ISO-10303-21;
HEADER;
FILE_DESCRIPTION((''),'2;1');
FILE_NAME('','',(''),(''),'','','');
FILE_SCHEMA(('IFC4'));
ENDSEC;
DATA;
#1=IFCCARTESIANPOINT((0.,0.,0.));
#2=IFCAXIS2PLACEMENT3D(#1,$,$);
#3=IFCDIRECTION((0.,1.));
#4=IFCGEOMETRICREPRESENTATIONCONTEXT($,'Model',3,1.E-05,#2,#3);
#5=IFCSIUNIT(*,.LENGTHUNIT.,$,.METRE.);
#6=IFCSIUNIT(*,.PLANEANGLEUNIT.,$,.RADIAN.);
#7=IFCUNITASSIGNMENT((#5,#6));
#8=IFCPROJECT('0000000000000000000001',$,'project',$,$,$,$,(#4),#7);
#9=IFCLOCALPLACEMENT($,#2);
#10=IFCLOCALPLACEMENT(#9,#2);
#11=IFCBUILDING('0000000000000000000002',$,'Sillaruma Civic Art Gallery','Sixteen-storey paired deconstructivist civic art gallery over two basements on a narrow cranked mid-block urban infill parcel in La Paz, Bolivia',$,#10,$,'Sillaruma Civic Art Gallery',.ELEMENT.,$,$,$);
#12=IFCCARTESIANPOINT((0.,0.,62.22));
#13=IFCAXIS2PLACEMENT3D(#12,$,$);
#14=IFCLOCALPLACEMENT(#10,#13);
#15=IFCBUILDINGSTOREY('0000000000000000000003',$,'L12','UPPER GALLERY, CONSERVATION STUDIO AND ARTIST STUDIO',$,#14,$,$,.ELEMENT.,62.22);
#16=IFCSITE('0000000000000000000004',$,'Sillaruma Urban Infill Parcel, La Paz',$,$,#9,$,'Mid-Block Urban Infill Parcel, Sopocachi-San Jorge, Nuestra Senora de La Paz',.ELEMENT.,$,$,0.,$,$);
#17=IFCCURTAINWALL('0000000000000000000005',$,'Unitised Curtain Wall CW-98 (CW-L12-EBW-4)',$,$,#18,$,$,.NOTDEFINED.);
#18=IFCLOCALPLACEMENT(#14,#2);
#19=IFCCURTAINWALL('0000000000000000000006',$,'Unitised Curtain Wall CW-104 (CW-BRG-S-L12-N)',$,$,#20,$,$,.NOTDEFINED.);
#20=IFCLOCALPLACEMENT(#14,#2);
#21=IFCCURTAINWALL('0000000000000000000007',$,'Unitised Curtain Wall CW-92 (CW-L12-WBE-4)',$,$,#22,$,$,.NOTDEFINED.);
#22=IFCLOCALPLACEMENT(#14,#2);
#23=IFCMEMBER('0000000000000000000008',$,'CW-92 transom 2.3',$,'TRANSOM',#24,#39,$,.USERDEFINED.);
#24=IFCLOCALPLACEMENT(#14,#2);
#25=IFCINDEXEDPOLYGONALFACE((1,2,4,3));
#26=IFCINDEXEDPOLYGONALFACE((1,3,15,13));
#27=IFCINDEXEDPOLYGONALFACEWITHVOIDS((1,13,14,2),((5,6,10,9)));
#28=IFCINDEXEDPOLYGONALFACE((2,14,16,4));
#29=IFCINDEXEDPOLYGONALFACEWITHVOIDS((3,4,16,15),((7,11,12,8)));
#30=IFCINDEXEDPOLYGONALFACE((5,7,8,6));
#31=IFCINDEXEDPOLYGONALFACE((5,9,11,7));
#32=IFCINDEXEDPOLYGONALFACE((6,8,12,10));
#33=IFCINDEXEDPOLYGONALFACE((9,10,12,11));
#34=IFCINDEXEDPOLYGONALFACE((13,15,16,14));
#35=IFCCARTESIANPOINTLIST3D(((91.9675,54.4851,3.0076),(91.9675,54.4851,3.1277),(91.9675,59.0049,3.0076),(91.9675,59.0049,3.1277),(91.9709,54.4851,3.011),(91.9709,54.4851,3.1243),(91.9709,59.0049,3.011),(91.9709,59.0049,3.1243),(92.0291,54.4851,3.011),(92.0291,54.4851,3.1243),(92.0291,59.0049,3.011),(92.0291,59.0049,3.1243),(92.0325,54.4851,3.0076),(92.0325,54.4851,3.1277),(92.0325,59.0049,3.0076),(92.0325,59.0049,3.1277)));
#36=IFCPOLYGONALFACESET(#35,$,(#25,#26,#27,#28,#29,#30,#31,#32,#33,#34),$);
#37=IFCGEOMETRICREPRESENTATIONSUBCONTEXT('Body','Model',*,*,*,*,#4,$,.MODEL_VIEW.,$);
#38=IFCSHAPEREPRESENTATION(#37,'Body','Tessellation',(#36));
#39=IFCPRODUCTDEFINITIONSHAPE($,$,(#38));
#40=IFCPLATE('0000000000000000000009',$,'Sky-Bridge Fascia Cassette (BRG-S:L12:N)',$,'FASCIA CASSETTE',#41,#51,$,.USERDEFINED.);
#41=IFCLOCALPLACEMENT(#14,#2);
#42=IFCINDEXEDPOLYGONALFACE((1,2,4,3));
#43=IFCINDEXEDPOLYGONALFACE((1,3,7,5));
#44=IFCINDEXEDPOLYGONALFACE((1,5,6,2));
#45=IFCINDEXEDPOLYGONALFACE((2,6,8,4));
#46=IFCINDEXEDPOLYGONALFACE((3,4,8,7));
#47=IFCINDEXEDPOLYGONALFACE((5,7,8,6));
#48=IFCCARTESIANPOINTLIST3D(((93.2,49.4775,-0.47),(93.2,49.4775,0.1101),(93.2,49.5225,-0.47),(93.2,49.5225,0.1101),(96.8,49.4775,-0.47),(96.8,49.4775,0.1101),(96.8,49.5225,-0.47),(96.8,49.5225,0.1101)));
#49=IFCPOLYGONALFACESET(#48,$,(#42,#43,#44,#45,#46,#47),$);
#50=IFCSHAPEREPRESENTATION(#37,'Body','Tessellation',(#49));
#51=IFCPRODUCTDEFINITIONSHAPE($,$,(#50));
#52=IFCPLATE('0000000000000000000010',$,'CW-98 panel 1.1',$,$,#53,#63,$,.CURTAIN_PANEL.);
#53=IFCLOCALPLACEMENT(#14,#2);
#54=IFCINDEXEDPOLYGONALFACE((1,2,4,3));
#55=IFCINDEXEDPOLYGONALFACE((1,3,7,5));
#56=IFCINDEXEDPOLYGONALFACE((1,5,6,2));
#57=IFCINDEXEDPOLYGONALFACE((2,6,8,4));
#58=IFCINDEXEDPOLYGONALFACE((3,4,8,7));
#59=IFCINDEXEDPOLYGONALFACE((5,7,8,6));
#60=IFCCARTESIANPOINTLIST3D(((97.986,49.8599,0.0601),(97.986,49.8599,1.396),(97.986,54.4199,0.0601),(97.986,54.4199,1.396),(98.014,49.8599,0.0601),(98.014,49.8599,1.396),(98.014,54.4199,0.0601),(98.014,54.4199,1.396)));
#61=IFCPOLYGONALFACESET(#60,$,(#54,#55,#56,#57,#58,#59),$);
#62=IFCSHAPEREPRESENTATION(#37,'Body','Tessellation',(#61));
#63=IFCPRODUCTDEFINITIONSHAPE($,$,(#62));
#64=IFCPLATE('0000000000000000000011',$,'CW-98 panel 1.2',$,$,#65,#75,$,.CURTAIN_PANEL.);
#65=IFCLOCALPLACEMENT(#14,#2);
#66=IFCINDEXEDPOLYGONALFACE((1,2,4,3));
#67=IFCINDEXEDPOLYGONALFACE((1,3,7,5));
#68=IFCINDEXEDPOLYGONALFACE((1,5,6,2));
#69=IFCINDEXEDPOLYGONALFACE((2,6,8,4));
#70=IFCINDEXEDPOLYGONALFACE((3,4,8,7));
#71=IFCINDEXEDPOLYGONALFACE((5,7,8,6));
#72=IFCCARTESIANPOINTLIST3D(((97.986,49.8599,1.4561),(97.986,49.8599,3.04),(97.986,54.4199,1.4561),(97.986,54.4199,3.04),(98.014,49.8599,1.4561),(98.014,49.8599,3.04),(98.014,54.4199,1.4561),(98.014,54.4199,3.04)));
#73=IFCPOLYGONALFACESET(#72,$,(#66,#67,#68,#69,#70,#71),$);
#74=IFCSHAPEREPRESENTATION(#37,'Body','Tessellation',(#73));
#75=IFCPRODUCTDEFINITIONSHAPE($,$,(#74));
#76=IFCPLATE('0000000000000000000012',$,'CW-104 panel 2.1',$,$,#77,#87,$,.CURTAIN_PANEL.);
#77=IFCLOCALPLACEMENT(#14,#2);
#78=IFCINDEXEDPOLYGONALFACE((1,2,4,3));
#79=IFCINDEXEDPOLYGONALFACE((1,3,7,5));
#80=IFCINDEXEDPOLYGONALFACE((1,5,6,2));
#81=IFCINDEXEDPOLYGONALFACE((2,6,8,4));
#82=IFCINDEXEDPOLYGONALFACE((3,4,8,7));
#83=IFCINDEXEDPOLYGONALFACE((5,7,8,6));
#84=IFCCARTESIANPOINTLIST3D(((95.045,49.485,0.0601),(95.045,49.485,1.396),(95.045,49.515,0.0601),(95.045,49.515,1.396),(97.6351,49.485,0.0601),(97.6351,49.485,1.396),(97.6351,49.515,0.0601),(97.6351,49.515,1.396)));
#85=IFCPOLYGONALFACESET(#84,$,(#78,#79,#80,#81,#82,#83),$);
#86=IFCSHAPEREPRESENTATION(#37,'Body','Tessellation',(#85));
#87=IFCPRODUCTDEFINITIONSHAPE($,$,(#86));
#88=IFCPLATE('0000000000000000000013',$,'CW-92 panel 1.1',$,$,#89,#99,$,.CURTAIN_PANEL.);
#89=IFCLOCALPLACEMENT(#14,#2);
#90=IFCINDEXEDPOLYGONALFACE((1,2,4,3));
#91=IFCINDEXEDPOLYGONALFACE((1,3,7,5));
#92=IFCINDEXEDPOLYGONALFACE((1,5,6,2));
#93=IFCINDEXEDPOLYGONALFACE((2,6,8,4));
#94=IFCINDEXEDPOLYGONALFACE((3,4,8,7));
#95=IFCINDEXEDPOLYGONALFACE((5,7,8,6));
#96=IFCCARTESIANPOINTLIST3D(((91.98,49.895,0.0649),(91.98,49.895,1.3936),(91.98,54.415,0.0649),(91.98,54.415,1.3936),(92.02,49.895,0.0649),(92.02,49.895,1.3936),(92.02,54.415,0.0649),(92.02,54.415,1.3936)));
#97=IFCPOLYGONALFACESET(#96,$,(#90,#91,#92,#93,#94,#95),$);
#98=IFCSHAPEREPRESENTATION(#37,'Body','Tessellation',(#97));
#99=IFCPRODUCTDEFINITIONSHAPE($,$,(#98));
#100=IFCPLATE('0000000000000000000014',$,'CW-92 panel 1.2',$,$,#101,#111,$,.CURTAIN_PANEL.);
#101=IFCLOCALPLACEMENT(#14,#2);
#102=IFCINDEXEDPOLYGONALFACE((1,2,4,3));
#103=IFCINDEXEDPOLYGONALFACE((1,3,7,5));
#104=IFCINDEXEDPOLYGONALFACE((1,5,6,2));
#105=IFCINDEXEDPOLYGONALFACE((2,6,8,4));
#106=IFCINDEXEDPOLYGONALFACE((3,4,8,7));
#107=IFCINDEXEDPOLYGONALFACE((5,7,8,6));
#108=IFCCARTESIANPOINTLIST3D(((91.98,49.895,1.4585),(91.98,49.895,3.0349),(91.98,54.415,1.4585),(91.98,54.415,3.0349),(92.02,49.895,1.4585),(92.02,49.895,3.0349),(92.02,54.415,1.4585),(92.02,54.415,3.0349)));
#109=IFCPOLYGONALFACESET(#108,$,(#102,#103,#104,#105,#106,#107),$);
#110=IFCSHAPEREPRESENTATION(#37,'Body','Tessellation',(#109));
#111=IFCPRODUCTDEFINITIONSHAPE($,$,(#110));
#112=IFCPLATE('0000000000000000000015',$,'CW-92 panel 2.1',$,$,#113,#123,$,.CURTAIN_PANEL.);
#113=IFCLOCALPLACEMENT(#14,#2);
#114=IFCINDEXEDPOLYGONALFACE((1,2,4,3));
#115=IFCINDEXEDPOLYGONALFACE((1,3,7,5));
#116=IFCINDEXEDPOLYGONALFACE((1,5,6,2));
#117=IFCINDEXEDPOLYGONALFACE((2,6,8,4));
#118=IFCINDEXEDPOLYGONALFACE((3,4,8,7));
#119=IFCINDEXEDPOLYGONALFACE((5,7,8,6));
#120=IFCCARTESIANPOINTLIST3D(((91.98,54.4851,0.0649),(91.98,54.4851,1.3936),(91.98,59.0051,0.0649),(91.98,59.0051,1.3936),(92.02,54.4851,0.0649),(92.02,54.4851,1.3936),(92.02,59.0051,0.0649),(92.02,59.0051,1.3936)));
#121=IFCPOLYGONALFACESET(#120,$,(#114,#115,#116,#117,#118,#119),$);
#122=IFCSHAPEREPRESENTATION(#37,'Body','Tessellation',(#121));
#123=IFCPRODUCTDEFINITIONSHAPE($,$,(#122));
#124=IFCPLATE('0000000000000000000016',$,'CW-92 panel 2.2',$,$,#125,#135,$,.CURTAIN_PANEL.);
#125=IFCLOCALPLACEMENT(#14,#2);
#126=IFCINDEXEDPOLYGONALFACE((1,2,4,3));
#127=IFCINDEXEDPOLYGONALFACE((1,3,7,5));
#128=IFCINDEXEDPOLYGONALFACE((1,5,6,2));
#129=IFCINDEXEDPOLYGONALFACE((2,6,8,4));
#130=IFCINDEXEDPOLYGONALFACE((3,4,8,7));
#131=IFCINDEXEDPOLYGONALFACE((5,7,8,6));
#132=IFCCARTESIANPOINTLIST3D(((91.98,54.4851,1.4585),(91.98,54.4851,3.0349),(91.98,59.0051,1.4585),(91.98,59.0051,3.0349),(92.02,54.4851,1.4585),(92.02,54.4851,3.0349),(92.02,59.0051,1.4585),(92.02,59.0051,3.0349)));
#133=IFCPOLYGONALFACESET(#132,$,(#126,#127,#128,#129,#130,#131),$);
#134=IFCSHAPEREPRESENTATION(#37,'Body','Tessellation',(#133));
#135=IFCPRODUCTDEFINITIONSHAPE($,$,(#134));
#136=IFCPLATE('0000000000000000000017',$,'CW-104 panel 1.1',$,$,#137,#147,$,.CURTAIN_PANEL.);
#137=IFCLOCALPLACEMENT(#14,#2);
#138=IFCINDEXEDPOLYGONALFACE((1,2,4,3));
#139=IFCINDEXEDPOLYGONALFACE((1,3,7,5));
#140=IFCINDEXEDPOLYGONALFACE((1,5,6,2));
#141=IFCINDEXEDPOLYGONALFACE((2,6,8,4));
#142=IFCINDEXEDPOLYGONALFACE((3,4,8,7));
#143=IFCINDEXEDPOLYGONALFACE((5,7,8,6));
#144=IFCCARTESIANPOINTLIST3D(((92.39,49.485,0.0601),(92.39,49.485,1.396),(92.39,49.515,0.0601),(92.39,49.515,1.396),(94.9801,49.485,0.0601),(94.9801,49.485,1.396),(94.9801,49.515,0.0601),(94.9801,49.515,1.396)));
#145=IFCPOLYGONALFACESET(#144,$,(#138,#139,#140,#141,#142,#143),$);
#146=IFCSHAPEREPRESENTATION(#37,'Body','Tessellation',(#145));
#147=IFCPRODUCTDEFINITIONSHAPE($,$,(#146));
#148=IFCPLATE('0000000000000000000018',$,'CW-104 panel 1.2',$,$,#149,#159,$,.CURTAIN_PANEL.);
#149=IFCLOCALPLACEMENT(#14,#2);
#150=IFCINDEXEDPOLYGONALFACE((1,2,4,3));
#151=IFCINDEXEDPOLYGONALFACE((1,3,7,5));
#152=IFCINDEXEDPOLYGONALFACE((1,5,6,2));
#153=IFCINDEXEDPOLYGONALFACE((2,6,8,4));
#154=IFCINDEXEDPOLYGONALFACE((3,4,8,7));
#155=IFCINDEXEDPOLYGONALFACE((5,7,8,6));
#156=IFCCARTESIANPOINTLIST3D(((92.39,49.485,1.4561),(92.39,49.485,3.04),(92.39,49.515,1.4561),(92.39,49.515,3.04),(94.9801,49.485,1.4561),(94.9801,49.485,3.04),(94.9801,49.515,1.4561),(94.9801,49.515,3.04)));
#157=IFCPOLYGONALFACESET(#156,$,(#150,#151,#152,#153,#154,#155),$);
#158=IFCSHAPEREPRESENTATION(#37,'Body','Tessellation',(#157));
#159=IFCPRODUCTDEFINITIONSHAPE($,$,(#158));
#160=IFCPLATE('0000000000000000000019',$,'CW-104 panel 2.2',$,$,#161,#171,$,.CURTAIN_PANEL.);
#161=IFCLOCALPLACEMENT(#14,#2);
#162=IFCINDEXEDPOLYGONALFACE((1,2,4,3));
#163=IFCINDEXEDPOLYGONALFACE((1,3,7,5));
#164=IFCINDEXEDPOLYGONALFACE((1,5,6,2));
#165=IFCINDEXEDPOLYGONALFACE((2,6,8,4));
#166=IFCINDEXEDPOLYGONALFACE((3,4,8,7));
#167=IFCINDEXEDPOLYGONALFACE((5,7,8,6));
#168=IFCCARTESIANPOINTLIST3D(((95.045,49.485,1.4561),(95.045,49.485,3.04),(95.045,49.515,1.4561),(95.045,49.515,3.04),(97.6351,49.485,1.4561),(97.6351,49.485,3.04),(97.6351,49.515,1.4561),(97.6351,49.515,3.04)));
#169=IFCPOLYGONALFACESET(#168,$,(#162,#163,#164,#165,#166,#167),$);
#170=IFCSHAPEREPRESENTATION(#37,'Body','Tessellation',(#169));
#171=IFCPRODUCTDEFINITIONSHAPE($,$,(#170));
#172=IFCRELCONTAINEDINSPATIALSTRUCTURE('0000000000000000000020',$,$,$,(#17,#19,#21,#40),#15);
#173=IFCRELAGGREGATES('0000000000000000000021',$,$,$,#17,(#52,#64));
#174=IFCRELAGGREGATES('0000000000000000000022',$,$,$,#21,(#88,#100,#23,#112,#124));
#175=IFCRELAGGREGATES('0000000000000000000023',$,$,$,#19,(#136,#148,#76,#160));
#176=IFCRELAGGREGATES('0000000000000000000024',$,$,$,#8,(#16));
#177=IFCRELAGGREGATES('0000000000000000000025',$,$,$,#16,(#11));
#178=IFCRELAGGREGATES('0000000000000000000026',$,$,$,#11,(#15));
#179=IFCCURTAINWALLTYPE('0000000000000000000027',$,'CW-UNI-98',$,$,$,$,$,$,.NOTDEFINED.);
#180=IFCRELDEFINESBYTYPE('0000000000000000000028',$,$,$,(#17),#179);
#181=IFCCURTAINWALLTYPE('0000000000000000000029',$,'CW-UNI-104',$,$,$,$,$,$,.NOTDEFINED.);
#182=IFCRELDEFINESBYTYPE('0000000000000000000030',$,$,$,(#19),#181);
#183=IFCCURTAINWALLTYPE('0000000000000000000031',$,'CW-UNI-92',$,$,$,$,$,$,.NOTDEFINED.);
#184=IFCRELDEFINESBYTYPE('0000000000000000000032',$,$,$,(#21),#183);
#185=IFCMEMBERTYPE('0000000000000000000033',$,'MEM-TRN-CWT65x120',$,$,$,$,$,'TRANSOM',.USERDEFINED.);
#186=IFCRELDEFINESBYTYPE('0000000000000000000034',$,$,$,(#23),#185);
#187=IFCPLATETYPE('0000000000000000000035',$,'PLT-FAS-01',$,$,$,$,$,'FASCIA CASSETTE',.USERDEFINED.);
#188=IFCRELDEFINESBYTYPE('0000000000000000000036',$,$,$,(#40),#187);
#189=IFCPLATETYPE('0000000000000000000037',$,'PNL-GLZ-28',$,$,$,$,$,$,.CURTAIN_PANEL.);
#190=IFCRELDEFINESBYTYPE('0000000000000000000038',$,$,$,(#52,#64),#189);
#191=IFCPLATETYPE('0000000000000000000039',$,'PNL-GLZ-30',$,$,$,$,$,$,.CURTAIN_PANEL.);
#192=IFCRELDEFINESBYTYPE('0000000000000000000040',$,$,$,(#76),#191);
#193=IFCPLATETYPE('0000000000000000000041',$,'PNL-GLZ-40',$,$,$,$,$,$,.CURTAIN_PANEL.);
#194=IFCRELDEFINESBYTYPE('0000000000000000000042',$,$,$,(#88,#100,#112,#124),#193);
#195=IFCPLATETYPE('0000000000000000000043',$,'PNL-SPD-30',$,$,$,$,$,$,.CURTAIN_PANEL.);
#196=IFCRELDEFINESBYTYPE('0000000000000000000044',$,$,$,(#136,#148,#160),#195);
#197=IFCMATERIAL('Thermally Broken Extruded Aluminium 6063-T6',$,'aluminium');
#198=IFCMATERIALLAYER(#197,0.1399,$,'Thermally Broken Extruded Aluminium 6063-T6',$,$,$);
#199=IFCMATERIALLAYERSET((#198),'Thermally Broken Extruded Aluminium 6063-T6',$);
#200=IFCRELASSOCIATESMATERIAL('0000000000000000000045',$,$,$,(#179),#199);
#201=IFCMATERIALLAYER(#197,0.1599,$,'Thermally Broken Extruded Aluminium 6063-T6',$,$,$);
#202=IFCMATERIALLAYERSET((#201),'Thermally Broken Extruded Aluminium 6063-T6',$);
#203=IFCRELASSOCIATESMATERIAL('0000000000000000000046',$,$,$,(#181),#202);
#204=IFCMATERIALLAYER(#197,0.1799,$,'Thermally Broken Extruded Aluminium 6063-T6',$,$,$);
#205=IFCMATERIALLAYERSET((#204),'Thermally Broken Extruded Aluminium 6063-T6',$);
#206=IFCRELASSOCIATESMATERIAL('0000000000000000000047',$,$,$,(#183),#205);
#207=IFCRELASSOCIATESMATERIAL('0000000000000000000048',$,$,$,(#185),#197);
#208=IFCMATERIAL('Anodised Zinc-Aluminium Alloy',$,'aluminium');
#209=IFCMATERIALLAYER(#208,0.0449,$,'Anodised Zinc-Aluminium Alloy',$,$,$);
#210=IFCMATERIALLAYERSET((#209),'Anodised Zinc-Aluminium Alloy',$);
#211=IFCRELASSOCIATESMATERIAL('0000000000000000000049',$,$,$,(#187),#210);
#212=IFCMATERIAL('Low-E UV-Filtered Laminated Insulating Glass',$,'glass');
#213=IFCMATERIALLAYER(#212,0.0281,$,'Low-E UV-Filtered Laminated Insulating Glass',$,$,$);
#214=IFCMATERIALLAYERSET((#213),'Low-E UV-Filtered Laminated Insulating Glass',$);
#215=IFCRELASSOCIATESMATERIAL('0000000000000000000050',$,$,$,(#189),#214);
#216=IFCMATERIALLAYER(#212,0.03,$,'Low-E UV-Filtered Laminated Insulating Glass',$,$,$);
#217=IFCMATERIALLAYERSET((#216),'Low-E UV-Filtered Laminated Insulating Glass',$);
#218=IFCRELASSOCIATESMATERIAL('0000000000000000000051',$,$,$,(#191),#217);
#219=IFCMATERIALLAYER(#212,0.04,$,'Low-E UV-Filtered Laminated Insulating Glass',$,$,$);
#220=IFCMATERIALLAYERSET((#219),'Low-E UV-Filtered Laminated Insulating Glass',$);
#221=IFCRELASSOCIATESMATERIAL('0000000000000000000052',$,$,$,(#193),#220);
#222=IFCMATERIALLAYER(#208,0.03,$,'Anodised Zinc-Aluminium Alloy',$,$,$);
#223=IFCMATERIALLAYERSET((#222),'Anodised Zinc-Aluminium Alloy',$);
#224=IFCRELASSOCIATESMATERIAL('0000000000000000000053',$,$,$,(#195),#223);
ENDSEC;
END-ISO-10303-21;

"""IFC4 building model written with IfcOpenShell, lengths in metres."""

from ifc_helpers import new_model, si_unit, direction, frame, origin, origin_2d, place, context, subcontext, project, spatial, rectangle, hollow_rectangle, extrude, material, layer, layer_set, material_profile, profile_set, type_object, element, aggregate, save


model = new_model("IFC4")

# Units and contexts
model_context = context("Model", 3, precision=1e-05, world=origin(), true_north=direction((0.0, 1.0)))
body_context = subcontext(model_context, "Body", "Model", "MODEL_VIEW")
ifc_project = project(units=[si_unit("LENGTHUNIT", "METRE"), si_unit("PLANEANGLEUNIT", "RADIAN")], contexts=[model_context])

# Site, building, storey
site_placement = place(None, origin())
site = spatial("IfcSite", under=ifc_project, at=site_placement, Name="Sillaruma Urban Infill Parcel, La Paz", LongName="Mid-Block Urban Infill Parcel, Sopocachi-San Jorge, Nuestra Senora de La Paz", CompositionType="ELEMENT", RefElevation=0.0)
building_placement = place(site_placement, origin())
building = spatial("IfcBuilding", under=site, at=building_placement, Name="Sillaruma Civic Art Gallery", Description="Sixteen-storey paired deconstructivist civic art gallery over two basements on a narrow cranked mid-block urban infill parcel in La Paz, Bolivia", LongName="Sillaruma Civic Art Gallery", CompositionType="ELEMENT")
storey_placement = place(building_placement, frame((0.0, 0.0, 62.22)))
storey = spatial("IfcBuildingStorey", under=building, at=storey_placement, Name="L12", Description="UPPER GALLERY, CONSERVATION STUDIO AND ARTIST STUDIO", CompositionType="ELEMENT", Elevation=62.22)

# Curtain walls
ifc_material_1 = material(Name="Thermally Broken Extruded Aluminium 6063-T6", Category="aluminium")
ifc_layer_1 = layer(ifc_material_1, 0.1399, Name="Thermally Broken Extruded Aluminium 6063-T6")
ifc_layer_set_1 = layer_set([ifc_layer_1], Name="Thermally Broken Extruded Aluminium 6063-T6")
curtain_wall_type_1 = type_object("IfcCurtainWallType", Name="CW-UNI-98", PredefinedType="NOTDEFINED", material=ifc_layer_set_1)
curtain_wall_1_placement = place(storey_placement, origin())
curtain_wall_1 = element("IfcCurtainWall", 1, at=curtain_wall_1_placement, inside=storey, type_object=curtain_wall_type_1, Name="Unitised Curtain Wall CW-98 (CW-L12-EBW-4)", PredefinedType="NOTDEFINED")
ifc_layer_2 = layer(ifc_material_1, 0.1599, Name="Thermally Broken Extruded Aluminium 6063-T6")
ifc_layer_set_2 = layer_set([ifc_layer_2], Name="Thermally Broken Extruded Aluminium 6063-T6")
curtain_wall_type_2 = type_object("IfcCurtainWallType", Name="CW-UNI-104", PredefinedType="NOTDEFINED", material=ifc_layer_set_2)
curtain_wall_2_placement = place(storey_placement, origin())
curtain_wall_2 = element("IfcCurtainWall", 2, at=curtain_wall_2_placement, inside=storey, type_object=curtain_wall_type_2, Name="Unitised Curtain Wall CW-104 (CW-BRG-S-L12-N)", PredefinedType="NOTDEFINED")
ifc_layer_3 = layer(ifc_material_1, 0.1799, Name="Thermally Broken Extruded Aluminium 6063-T6")
ifc_layer_set_3 = layer_set([ifc_layer_3], Name="Thermally Broken Extruded Aluminium 6063-T6")
curtain_wall_type_3 = type_object("IfcCurtainWallType", Name="CW-UNI-92", PredefinedType="NOTDEFINED", material=ifc_layer_set_3)
curtain_wall_3_placement = place(storey_placement, origin())
curtain_wall_3 = element("IfcCurtainWall", 3, at=curtain_wall_3_placement, inside=storey, type_object=curtain_wall_type_3, Name="Unitised Curtain Wall CW-92 (CW-L12-WBE-4)", PredefinedType="NOTDEFINED")

# Member
ifc_material_profile_1 = material_profile(ifc_material_1, hollow_rectangle(XDim=0.0649, YDim=0.1201, WallThickness=0.0034, at=origin_2d()), Name="CWT65x120")
ifc_profile_set_1 = profile_set([ifc_material_profile_1], Name="Thermally Broken Extruded Aluminium 6063-T6")
member_type_1 = type_object("IfcMemberType", Name="MEM-TRN-CWT65x120", ElementType="TRANSOM", PredefinedType="USERDEFINED", material=ifc_profile_set_1)
member_1_placement = place(storey_placement, frame((92.0, 54.4851, 3.0676), z_axis=(0.0, 1.0, 0.0), x_axis=(-1.0, 0.0, 0.0)))
member_1 = element("IfcMember", 4, at=member_1_placement, type_object=member_type_1, Name="CW-92 transom 2.3", ObjectType="TRANSOM", PredefinedType="USERDEFINED", context=body_context, shape_type="SweptSolid", body=[
    extrude(hollow_rectangle(XDim=0.0649, YDim=0.1201, WallThickness=0.0034, at=origin_2d()), origin(), (0.0, 0.0, 1.0), 4.5198),
])

# Plates
ifc_material_2 = material(Name="Anodised Zinc-Aluminium Alloy", Category="aluminium")
ifc_layer_4 = layer(ifc_material_2, 0.0449, Name="Anodised Zinc-Aluminium Alloy")
ifc_layer_set_4 = layer_set([ifc_layer_4], Name="Anodised Zinc-Aluminium Alloy")
plate_type_1 = type_object("IfcPlateType", Name="PLT-FAS-01", ElementType="FASCIA CASSETTE", PredefinedType="USERDEFINED", material=ifc_layer_set_4)
plate_1_placement = place(storey_placement, frame((95.0, 49.5, -0.47), z_axis=(0.0, 0.0, 1.0), x_axis=(1.0, 0.0, 0.0)))
element("IfcPlate", 5, at=plate_1_placement, inside=storey, type_object=plate_type_1, Name="Sky-Bridge Fascia Cassette (BRG-S:L12:N)", ObjectType="FASCIA CASSETTE", PredefinedType="USERDEFINED", context=body_context, shape_type="SweptSolid", body=[
    extrude(rectangle(XDim=3.6001, YDim=0.0449, at=origin_2d()), origin(), (0.0, 0.0, 1.0), 0.5801),
])
ifc_material_3 = material(Name="Low-E UV-Filtered Laminated Insulating Glass", Category="glass")
ifc_layer_5 = layer(ifc_material_3, 0.0281, Name="Low-E UV-Filtered Laminated Insulating Glass")
ifc_layer_set_5 = layer_set([ifc_layer_5], Name="Low-E UV-Filtered Laminated Insulating Glass")
plate_type_2 = type_object("IfcPlateType", Name="PNL-GLZ-28", PredefinedType="CURTAIN_PANEL", material=ifc_layer_set_5)
plate_2_placement = place(storey_placement, frame((98.0, 52.1399, 0.0601), z_axis=(0.0, 0.0, 1.0), x_axis=(0.0, 1.0, 0.0)))
plate_2 = element("IfcPlate", 6, at=plate_2_placement, type_object=plate_type_2, Name="CW-98 panel 1.1", PredefinedType="CURTAIN_PANEL", context=body_context, shape_type="SweptSolid", body=[
    extrude(rectangle(XDim=4.5601, YDim=0.0281, at=origin_2d()), origin(), (0.0, 0.0, 1.0), 1.3359),
])
plate_3_placement = place(storey_placement, frame((98.0, 52.1399, 1.4561), z_axis=(0.0, 0.0, 1.0), x_axis=(0.0, 1.0, 0.0)))
plate_3 = element("IfcPlate", 7, at=plate_3_placement, type_object=plate_type_2, Name="CW-98 panel 1.2", PredefinedType="CURTAIN_PANEL", context=body_context, shape_type="SweptSolid", body=[
    extrude(rectangle(XDim=4.5601, YDim=0.0281, at=origin_2d()), origin(), (0.0, 0.0, 1.0), 1.584),
])
aggregate(curtain_wall_1, [plate_2, plate_3])
ifc_layer_6 = layer(ifc_material_3, 0.03, Name="Low-E UV-Filtered Laminated Insulating Glass")
ifc_layer_set_6 = layer_set([ifc_layer_6], Name="Low-E UV-Filtered Laminated Insulating Glass")
plate_type_3 = type_object("IfcPlateType", Name="PNL-GLZ-30", PredefinedType="CURTAIN_PANEL", material=ifc_layer_set_6)
plate_4_placement = place(storey_placement, frame((96.3401, 49.5, 0.0601), z_axis=(0.0, 0.0, 1.0), x_axis=(1.0, 0.0, 0.0)))
plate_4 = element("IfcPlate", 8, at=plate_4_placement, type_object=plate_type_3, Name="CW-104 panel 2.1", PredefinedType="CURTAIN_PANEL", context=body_context, shape_type="SweptSolid", body=[
    extrude(rectangle(XDim=2.5901, YDim=0.03, at=origin_2d()), origin(), (0.0, 0.0, 1.0), 1.3359),
])
ifc_layer_7 = layer(ifc_material_3, 0.04, Name="Low-E UV-Filtered Laminated Insulating Glass")
ifc_layer_set_7 = layer_set([ifc_layer_7], Name="Low-E UV-Filtered Laminated Insulating Glass")
plate_type_4 = type_object("IfcPlateType", Name="PNL-GLZ-40", PredefinedType="CURTAIN_PANEL", material=ifc_layer_set_7)
plate_5_placement = place(storey_placement, frame((92.0, 52.155, 0.0649), z_axis=(0.0, 0.0, 1.0), x_axis=(0.0, 1.0, 0.0)))
plate_5 = element("IfcPlate", 9, at=plate_5_placement, type_object=plate_type_4, Name="CW-92 panel 1.1", PredefinedType="CURTAIN_PANEL", context=body_context, shape_type="SweptSolid", body=[
    extrude(rectangle(XDim=4.52, YDim=0.04, at=origin_2d()), origin(), (0.0, 0.0, 1.0), 1.3286),
])
plate_6_placement = place(storey_placement, frame((92.0, 52.155, 1.4585), z_axis=(0.0, 0.0, 1.0), x_axis=(0.0, 1.0, 0.0)))
plate_6 = element("IfcPlate", 10, at=plate_6_placement, type_object=plate_type_4, Name="CW-92 panel 1.2", PredefinedType="CURTAIN_PANEL", context=body_context, shape_type="SweptSolid", body=[
    extrude(rectangle(XDim=4.52, YDim=0.04, at=origin_2d()), origin(), (0.0, 0.0, 1.0), 1.5764),
])
plate_7_placement = place(storey_placement, frame((92.0, 56.7451, 0.0649), z_axis=(0.0, 0.0, 1.0), x_axis=(0.0, 1.0, 0.0)))
plate_7 = element("IfcPlate", 11, at=plate_7_placement, type_object=plate_type_4, Name="CW-92 panel 2.1", PredefinedType="CURTAIN_PANEL", context=body_context, shape_type="SweptSolid", body=[
    extrude(rectangle(XDim=4.52, YDim=0.04, at=origin_2d()), origin(), (0.0, 0.0, 1.0), 1.3286),
])
plate_8_placement = place(storey_placement, frame((92.0, 56.7451, 1.4585), z_axis=(0.0, 0.0, 1.0), x_axis=(0.0, 1.0, 0.0)))
plate_8 = element("IfcPlate", 12, at=plate_8_placement, type_object=plate_type_4, Name="CW-92 panel 2.2", PredefinedType="CURTAIN_PANEL", context=body_context, shape_type="SweptSolid", body=[
    extrude(rectangle(XDim=4.52, YDim=0.04, at=origin_2d()), origin(), (0.0, 0.0, 1.0), 1.5764),
])
aggregate(curtain_wall_3, [plate_5, plate_6, member_1, plate_7, plate_8])
ifc_layer_8 = layer(ifc_material_2, 0.03, Name="Anodised Zinc-Aluminium Alloy")
ifc_layer_set_8 = layer_set([ifc_layer_8], Name="Anodised Zinc-Aluminium Alloy")
plate_type_5 = type_object("IfcPlateType", Name="PNL-SPD-30", PredefinedType="CURTAIN_PANEL", material=ifc_layer_set_8)
plate_9_placement = place(storey_placement, frame((93.6851, 49.5, 0.0601), z_axis=(0.0, 0.0, 1.0), x_axis=(1.0, 0.0, 0.0)))
plate_9 = element("IfcPlate", 13, at=plate_9_placement, type_object=plate_type_5, Name="CW-104 panel 1.1", PredefinedType="CURTAIN_PANEL", context=body_context, shape_type="SweptSolid", body=[
    extrude(rectangle(XDim=2.5901, YDim=0.03, at=origin_2d()), origin(), (0.0, 0.0, 1.0), 1.3359),
])
plate_10_placement = place(storey_placement, frame((93.6851, 49.5, 1.4561), z_axis=(0.0, 0.0, 1.0), x_axis=(1.0, 0.0, 0.0)))
plate_10 = element("IfcPlate", 14, at=plate_10_placement, type_object=plate_type_5, Name="CW-104 panel 1.2", PredefinedType="CURTAIN_PANEL", context=body_context, shape_type="SweptSolid", body=[
    extrude(rectangle(XDim=2.5901, YDim=0.03, at=origin_2d()), origin(), (0.0, 0.0, 1.0), 1.584),
])
plate_11_placement = place(storey_placement, frame((96.3401, 49.5, 1.4561), z_axis=(0.0, 0.0, 1.0), x_axis=(1.0, 0.0, 0.0)))
plate_11 = element("IfcPlate", 15, at=plate_11_placement, type_object=plate_type_5, Name="CW-104 panel 2.2", PredefinedType="CURTAIN_PANEL", context=body_context, shape_type="SweptSolid", body=[
    extrude(rectangle(XDim=2.5901, YDim=0.03, at=origin_2d()), origin(), (0.0, 0.0, 1.0), 1.584),
])
aggregate(curtain_wall_2, [plate_9, plate_10, plate_4, plate_11])

save(model, "model.ifc")
